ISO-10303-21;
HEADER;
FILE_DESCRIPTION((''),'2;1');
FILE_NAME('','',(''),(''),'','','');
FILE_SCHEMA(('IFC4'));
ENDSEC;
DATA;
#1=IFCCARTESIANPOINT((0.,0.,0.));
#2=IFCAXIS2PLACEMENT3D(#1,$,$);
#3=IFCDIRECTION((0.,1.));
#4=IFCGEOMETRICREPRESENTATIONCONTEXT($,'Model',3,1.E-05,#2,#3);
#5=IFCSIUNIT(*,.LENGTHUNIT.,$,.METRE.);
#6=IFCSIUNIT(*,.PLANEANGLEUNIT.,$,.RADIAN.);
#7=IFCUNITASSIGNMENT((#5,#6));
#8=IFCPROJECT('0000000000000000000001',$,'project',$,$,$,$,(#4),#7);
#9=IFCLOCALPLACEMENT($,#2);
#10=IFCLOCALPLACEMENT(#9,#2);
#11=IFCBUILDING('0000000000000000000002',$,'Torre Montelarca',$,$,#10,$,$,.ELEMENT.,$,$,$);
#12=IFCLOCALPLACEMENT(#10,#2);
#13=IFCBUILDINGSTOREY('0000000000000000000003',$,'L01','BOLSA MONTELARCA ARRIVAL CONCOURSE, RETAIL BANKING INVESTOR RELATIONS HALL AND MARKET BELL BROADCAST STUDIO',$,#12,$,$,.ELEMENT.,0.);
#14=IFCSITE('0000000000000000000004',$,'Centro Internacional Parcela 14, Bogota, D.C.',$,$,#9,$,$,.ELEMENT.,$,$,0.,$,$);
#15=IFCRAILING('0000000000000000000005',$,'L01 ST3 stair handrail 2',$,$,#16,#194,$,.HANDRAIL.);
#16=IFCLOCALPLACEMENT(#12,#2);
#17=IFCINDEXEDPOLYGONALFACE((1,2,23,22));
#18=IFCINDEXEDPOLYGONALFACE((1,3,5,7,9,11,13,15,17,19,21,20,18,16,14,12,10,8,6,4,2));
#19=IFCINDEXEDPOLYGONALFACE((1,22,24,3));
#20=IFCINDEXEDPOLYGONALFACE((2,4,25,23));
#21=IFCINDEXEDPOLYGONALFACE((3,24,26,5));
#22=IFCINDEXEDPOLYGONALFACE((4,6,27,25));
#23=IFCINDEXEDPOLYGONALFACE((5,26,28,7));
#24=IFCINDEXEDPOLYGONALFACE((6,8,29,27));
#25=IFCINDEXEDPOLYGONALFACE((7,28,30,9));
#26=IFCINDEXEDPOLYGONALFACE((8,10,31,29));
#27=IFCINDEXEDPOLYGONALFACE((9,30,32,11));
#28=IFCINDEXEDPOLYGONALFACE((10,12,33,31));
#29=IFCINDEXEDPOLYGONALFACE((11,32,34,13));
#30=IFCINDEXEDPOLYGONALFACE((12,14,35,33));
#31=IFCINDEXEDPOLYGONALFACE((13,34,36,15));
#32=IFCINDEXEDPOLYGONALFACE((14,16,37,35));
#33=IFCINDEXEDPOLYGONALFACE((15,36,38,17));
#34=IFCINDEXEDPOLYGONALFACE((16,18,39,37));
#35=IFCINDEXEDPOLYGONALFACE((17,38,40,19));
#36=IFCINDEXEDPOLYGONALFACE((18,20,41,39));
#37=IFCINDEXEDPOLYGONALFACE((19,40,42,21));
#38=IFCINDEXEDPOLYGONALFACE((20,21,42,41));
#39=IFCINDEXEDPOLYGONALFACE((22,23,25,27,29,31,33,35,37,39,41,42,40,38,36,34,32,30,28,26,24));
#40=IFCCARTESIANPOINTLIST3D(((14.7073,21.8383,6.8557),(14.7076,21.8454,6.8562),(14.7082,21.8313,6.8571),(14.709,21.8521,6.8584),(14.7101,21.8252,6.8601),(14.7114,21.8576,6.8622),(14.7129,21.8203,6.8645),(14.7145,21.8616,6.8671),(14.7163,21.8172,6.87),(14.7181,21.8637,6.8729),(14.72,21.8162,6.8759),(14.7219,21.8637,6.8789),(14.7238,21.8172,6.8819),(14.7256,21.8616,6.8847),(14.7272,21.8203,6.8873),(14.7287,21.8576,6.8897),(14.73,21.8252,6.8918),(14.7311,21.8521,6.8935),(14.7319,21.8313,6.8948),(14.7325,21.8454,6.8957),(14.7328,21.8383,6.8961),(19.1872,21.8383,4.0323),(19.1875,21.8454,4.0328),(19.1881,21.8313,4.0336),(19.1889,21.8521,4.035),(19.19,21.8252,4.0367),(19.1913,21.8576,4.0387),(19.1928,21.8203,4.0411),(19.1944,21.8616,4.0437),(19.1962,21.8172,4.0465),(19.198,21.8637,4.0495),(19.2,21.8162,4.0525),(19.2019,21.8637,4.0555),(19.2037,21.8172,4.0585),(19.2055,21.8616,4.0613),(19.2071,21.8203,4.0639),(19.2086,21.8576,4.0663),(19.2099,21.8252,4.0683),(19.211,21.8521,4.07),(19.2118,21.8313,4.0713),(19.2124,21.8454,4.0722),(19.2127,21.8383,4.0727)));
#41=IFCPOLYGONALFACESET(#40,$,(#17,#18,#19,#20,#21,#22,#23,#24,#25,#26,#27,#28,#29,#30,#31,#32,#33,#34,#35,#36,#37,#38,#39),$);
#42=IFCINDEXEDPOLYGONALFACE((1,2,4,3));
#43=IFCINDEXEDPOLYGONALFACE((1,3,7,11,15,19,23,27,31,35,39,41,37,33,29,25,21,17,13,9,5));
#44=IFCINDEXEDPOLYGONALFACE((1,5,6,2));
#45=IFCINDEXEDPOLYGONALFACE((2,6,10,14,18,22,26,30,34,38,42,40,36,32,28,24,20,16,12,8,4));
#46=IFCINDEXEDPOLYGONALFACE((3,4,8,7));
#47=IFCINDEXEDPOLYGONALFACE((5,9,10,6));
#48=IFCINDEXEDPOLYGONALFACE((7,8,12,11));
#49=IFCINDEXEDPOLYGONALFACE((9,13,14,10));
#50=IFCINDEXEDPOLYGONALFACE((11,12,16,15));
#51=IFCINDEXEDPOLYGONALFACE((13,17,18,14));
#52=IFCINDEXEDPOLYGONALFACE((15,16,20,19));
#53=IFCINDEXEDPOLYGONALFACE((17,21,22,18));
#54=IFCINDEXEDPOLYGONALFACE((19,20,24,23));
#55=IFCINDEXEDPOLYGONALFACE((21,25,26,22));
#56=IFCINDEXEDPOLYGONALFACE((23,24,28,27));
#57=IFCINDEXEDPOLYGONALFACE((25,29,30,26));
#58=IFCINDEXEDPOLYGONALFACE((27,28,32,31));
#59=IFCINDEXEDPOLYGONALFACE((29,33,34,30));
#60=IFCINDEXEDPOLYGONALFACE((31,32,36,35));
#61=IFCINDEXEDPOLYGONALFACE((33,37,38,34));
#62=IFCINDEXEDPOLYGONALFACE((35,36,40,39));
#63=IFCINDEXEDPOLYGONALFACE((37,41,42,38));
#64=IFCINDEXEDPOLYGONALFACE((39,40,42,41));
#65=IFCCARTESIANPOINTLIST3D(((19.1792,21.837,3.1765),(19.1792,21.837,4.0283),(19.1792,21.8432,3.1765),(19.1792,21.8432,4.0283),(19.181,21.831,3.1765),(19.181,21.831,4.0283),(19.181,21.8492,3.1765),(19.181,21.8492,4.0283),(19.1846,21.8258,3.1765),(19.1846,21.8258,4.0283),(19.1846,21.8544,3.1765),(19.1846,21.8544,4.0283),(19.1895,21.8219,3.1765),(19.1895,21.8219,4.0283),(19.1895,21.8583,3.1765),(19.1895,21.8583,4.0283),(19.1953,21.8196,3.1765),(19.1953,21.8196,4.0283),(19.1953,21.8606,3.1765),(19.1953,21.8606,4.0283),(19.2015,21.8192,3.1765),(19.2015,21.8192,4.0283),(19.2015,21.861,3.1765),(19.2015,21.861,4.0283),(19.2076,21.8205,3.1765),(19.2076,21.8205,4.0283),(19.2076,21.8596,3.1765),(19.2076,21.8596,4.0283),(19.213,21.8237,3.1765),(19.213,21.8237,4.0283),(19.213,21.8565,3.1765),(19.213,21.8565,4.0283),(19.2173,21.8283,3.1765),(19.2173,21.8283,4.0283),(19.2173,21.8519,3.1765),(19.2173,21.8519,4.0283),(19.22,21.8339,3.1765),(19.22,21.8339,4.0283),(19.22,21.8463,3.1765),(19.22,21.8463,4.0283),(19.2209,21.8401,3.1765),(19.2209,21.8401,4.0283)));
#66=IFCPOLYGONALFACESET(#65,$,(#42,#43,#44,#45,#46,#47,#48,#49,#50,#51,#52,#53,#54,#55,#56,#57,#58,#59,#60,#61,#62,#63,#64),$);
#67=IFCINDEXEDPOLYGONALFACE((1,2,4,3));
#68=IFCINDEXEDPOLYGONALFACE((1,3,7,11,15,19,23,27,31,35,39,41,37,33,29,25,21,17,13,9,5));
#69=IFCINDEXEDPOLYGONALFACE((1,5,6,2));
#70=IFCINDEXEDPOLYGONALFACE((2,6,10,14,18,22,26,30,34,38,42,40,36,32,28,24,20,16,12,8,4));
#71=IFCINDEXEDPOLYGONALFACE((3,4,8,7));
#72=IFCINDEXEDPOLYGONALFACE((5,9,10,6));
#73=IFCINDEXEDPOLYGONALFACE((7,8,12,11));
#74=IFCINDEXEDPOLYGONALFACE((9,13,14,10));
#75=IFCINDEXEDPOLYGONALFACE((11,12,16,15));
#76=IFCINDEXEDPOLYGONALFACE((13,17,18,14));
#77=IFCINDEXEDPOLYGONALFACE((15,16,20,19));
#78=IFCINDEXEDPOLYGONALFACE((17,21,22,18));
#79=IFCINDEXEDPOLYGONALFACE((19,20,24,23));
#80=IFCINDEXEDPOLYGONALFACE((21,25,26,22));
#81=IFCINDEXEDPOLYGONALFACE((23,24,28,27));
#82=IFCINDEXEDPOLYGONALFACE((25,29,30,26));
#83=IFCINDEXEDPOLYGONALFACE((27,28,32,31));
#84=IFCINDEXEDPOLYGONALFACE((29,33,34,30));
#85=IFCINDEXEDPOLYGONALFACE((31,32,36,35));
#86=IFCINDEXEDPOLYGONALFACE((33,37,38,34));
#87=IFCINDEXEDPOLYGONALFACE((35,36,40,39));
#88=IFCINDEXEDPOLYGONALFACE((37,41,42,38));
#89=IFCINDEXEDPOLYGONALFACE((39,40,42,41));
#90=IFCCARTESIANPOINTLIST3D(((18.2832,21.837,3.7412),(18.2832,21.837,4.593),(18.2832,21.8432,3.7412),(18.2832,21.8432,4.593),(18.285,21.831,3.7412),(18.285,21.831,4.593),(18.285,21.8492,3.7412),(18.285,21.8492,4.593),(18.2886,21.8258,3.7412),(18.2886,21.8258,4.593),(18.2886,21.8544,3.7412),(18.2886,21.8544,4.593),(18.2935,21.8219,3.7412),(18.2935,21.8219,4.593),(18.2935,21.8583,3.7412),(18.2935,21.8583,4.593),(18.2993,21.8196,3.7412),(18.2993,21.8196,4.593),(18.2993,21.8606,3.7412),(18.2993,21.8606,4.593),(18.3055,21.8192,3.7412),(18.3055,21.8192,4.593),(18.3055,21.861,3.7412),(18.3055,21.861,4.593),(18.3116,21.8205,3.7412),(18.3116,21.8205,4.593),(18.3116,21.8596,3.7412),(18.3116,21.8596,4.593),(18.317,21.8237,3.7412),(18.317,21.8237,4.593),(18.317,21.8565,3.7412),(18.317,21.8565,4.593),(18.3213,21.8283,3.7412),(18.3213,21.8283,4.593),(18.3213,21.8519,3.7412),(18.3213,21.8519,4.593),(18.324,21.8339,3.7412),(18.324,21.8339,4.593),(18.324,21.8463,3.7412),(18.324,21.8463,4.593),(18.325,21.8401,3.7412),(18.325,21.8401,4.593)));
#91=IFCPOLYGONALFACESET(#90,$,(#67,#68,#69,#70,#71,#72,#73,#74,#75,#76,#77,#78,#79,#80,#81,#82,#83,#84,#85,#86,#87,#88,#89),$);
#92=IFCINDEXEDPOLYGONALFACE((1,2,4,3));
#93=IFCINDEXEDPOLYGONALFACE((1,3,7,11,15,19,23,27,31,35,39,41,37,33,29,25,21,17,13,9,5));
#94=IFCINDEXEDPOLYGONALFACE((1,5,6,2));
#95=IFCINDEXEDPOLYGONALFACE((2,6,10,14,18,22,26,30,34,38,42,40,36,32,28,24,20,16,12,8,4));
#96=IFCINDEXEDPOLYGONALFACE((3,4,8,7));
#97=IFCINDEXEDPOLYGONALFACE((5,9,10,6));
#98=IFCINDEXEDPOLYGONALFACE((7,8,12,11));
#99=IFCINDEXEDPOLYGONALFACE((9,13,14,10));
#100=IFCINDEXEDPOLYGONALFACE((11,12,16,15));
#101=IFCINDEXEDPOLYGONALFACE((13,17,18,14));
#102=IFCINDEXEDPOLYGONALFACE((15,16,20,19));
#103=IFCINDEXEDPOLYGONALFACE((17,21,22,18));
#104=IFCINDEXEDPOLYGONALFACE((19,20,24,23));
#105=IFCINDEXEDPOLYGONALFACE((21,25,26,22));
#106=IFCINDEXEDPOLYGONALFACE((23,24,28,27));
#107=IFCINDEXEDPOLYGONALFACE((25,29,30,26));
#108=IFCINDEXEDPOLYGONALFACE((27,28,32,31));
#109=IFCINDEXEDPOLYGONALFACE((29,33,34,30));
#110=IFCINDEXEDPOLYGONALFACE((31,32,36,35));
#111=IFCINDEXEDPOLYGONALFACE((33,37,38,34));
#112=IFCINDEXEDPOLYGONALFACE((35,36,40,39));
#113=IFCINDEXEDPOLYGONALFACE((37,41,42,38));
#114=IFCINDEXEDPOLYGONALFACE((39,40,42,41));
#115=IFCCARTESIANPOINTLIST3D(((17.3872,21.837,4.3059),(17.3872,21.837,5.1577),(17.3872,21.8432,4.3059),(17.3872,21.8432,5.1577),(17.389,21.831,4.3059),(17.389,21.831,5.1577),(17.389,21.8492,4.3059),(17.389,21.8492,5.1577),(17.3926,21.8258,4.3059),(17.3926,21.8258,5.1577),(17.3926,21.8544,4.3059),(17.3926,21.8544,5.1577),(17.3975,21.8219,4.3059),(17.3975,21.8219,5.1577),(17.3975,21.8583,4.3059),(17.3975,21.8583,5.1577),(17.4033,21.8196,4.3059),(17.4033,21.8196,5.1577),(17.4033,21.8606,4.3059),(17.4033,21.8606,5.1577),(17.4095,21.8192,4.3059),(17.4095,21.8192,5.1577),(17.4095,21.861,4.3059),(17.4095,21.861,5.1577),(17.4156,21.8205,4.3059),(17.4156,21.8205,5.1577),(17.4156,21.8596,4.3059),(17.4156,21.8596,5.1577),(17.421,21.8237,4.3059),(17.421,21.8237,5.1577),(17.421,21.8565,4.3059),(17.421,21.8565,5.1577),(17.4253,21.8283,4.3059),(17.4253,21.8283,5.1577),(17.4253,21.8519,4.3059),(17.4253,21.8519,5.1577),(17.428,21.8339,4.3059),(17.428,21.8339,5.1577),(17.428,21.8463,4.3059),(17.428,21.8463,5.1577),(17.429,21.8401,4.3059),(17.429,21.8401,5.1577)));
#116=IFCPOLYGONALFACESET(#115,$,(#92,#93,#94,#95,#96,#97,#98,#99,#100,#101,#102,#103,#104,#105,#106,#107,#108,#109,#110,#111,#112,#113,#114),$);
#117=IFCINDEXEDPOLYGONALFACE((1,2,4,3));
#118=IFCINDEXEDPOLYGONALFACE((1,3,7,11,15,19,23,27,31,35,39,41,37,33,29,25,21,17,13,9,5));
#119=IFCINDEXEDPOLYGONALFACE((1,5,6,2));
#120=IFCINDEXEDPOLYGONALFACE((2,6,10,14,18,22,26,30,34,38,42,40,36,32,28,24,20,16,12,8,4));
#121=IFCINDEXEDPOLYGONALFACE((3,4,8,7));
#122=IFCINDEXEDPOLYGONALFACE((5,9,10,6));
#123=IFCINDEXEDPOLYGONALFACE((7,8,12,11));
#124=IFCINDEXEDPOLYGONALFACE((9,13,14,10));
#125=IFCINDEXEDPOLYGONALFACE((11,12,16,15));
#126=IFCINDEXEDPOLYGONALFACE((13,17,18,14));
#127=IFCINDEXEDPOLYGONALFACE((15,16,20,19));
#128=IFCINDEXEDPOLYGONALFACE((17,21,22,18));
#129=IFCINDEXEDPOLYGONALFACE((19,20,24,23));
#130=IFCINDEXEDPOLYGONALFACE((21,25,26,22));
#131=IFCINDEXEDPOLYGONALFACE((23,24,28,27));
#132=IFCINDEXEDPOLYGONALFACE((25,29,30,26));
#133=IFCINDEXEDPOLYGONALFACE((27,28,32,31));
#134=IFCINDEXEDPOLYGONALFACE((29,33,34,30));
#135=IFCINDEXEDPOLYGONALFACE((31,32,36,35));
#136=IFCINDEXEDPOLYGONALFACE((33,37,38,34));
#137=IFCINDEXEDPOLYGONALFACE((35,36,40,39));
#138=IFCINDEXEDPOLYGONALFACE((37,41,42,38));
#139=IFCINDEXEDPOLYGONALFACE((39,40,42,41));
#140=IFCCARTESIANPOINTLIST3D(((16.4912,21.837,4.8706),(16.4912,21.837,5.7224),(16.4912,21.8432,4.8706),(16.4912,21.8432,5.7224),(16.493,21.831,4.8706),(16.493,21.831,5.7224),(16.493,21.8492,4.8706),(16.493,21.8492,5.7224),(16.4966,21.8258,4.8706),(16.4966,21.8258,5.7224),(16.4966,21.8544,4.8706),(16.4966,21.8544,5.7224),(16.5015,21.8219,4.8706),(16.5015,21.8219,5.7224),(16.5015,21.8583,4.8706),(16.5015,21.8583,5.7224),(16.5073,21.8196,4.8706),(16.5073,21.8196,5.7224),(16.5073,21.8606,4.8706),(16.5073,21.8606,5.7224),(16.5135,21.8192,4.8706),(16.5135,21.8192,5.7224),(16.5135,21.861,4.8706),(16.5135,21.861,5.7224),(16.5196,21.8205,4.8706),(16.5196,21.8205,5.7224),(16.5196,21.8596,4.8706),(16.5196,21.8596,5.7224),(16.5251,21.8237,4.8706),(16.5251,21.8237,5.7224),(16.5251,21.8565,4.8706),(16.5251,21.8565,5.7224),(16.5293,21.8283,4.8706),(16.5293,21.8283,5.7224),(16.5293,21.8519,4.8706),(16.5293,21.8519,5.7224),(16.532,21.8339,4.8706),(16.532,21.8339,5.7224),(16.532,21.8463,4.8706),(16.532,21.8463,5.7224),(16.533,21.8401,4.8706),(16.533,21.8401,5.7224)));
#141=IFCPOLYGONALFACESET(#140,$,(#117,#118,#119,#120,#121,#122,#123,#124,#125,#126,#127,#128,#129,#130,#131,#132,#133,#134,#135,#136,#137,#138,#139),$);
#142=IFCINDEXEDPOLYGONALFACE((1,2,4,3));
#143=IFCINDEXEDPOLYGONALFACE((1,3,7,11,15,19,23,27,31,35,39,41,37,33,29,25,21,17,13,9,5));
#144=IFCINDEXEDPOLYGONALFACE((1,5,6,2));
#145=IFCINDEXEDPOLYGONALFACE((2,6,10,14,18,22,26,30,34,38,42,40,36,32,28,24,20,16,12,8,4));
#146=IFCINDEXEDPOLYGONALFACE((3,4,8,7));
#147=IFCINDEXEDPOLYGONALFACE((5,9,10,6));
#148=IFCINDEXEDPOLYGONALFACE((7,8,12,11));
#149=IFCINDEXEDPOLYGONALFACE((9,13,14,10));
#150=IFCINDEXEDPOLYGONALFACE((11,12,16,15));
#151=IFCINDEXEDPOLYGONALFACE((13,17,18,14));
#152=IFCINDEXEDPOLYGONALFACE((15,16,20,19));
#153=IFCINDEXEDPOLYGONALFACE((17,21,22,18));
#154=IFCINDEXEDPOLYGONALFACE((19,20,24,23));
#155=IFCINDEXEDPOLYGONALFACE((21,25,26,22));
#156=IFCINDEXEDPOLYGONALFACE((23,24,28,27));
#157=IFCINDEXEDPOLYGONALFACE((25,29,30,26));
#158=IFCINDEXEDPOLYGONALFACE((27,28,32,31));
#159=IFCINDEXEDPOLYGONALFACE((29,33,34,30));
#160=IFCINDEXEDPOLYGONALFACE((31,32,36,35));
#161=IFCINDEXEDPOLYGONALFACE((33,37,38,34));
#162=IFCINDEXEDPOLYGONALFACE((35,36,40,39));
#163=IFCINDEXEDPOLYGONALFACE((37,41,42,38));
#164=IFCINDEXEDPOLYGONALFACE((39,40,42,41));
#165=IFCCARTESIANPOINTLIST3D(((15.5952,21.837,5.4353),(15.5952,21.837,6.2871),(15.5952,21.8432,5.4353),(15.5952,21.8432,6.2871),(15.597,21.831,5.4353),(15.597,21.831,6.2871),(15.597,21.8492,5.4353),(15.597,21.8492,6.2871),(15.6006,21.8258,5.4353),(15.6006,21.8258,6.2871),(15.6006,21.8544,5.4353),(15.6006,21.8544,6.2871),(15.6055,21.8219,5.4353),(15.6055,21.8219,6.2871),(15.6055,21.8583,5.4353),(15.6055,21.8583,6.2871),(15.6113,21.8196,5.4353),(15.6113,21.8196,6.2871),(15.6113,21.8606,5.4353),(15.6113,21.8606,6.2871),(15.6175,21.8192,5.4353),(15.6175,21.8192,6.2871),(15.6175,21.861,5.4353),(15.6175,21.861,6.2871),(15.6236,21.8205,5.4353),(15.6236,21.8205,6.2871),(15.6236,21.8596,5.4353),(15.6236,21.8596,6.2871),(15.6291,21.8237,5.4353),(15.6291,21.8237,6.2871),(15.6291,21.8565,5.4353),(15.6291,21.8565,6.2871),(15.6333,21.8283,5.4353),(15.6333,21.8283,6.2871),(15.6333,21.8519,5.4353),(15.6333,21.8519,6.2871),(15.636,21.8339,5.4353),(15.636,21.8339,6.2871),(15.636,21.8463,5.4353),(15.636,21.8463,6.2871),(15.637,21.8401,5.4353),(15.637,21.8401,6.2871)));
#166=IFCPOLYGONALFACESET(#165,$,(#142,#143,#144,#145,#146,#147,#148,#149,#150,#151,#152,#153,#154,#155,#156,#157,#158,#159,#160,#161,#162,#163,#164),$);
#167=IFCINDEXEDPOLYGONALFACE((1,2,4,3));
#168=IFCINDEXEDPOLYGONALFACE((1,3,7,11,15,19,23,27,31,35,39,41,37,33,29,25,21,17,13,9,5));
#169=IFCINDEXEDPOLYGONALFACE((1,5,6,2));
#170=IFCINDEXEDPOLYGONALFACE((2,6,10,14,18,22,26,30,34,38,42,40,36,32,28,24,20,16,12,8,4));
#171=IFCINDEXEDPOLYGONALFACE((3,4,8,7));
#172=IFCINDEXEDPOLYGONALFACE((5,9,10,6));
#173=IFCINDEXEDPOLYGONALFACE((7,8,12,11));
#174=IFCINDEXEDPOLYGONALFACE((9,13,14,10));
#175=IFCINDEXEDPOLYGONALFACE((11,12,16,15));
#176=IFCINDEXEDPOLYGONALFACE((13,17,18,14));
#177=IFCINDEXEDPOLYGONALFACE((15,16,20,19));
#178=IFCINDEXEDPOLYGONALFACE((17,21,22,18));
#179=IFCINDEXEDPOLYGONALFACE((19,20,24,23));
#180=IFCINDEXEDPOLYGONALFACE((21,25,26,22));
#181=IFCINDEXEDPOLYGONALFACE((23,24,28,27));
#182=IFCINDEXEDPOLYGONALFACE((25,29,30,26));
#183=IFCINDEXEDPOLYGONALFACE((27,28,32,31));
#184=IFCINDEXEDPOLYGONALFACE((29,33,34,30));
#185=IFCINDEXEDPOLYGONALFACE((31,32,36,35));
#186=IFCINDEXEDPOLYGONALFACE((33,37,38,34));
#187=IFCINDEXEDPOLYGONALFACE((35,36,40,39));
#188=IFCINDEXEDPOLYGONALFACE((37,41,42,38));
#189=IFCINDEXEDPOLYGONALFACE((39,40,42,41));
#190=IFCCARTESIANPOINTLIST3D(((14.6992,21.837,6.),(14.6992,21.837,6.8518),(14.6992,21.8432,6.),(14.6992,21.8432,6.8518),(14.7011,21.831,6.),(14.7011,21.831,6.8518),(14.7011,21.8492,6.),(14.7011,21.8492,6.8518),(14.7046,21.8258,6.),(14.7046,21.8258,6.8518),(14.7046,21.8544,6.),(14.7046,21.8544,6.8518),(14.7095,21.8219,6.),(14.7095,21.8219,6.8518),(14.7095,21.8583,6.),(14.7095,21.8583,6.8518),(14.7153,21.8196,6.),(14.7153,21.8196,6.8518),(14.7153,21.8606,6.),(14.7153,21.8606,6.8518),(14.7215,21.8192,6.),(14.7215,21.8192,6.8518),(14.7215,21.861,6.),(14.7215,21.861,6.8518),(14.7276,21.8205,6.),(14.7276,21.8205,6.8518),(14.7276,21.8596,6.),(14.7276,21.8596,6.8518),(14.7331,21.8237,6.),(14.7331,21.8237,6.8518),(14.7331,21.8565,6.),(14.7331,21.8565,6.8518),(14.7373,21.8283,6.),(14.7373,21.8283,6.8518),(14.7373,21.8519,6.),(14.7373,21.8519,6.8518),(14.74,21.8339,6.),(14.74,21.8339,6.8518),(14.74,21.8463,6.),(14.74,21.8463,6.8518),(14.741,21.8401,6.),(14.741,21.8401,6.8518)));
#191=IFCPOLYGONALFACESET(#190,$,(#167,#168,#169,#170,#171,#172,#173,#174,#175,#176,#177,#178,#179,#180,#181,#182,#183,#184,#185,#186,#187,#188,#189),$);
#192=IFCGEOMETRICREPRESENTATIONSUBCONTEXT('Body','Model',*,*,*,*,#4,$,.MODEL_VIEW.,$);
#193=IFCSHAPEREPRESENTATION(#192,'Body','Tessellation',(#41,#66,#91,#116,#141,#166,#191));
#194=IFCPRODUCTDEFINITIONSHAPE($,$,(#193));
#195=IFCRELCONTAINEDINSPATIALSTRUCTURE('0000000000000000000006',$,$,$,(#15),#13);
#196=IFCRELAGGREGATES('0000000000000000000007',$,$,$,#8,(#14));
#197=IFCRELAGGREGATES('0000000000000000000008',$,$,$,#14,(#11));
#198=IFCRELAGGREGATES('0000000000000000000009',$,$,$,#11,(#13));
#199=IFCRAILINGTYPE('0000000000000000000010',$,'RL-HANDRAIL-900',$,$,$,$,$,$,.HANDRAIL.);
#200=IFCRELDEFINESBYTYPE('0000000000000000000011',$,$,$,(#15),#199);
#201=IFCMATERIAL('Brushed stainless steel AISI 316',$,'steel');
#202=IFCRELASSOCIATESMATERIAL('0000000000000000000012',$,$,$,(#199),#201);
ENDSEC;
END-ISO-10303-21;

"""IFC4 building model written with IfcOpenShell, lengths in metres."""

from ifc_helpers import new_model, si_unit, direction, frame, origin, origin_2d, place, context, subcontext, project, spatial, circle, extrude, material, type_object, element, save


model = new_model("IFC4")

# Units and contexts
model_context = context("Model", 3, precision=1e-05, world=origin(), true_north=direction((0.0, 1.0)))
body_context = subcontext(model_context, "Body", "Model", "MODEL_VIEW")
ifc_project = project(units=[si_unit("LENGTHUNIT", "METRE"), si_unit("PLANEANGLEUNIT", "RADIAN")], contexts=[model_context])

# Site, building, storey
site_placement = place(None, origin())
site = spatial("IfcSite", under=ifc_project, at=site_placement, Name="Centro Internacional Parcela 14, Bogota, D.C.", CompositionType="ELEMENT", RefElevation=0.0)
building_placement = place(site_placement, origin())
building = spatial("IfcBuilding", under=site, at=building_placement, Name="Torre Montelarca", CompositionType="ELEMENT")
storey_placement = place(building_placement, origin())
storey = spatial("IfcBuildingStorey", under=building, at=storey_placement, Name="L01", Description="BOLSA MONTELARCA ARRIVAL CONCOURSE, RETAIL BANKING INVESTOR RELATIONS HALL AND MARKET BELL BROADCAST STUDIO", CompositionType="ELEMENT", Elevation=0.0)

# Railing
ifc_material_1 = material(Name="Brushed stainless steel AISI 316", Category="steel")
railing_type_1 = type_object("IfcRailingType", Name="RL-HANDRAIL-900", PredefinedType="HANDRAIL", material=ifc_material_1)
railing_1_placement = place(storey_placement, frame((19.2, 21.8401, 3.1765)))
element("IfcRailing", 1, at=railing_1_placement, inside=storey, type_object=railing_type_1, Name="L01 ST3 stair handrail 2", PredefinedType="HANDRAIL", context=body_context, shape_type="SweptSolid", body=[
    extrude(circle(Radius=0.0239, at=origin_2d()), frame((0.0, 0.0, 0.876), z_axis=(-0.845998, 0.0, 0.533186), x_axis=(0.0, -1.0, 0.0)), (0.0, 0.0, 1.0), 5.2954),
    extrude(circle(Radius=0.021, at=origin_2d()), origin(), (0.0, 0.0, 1.0), 0.8518),
    extrude(circle(Radius=0.021, at=origin_2d()), frame((-0.896, 0.0, 0.5647)), (0.0, 0.0, 1.0), 0.8518),
    extrude(circle(Radius=0.021, at=origin_2d()), frame((-1.792, 0.0, 1.1294)), (0.0, 0.0, 1.0), 0.8518),
    extrude(circle(Radius=0.021, at=origin_2d()), frame((-2.688, 0.0, 1.6941)), (0.0, 0.0, 1.0), 0.8518),
    extrude(circle(Radius=0.021, at=origin_2d()), frame((-3.584, 0.0, 2.2588)), (0.0, 0.0, 1.0), 0.8518),
    extrude(circle(Radius=0.021, at=origin_2d()), frame((-4.48, 0.0, 2.8235)), (0.0, 0.0, 1.0), 0.8518),
])

save(model, "model.ifc")
